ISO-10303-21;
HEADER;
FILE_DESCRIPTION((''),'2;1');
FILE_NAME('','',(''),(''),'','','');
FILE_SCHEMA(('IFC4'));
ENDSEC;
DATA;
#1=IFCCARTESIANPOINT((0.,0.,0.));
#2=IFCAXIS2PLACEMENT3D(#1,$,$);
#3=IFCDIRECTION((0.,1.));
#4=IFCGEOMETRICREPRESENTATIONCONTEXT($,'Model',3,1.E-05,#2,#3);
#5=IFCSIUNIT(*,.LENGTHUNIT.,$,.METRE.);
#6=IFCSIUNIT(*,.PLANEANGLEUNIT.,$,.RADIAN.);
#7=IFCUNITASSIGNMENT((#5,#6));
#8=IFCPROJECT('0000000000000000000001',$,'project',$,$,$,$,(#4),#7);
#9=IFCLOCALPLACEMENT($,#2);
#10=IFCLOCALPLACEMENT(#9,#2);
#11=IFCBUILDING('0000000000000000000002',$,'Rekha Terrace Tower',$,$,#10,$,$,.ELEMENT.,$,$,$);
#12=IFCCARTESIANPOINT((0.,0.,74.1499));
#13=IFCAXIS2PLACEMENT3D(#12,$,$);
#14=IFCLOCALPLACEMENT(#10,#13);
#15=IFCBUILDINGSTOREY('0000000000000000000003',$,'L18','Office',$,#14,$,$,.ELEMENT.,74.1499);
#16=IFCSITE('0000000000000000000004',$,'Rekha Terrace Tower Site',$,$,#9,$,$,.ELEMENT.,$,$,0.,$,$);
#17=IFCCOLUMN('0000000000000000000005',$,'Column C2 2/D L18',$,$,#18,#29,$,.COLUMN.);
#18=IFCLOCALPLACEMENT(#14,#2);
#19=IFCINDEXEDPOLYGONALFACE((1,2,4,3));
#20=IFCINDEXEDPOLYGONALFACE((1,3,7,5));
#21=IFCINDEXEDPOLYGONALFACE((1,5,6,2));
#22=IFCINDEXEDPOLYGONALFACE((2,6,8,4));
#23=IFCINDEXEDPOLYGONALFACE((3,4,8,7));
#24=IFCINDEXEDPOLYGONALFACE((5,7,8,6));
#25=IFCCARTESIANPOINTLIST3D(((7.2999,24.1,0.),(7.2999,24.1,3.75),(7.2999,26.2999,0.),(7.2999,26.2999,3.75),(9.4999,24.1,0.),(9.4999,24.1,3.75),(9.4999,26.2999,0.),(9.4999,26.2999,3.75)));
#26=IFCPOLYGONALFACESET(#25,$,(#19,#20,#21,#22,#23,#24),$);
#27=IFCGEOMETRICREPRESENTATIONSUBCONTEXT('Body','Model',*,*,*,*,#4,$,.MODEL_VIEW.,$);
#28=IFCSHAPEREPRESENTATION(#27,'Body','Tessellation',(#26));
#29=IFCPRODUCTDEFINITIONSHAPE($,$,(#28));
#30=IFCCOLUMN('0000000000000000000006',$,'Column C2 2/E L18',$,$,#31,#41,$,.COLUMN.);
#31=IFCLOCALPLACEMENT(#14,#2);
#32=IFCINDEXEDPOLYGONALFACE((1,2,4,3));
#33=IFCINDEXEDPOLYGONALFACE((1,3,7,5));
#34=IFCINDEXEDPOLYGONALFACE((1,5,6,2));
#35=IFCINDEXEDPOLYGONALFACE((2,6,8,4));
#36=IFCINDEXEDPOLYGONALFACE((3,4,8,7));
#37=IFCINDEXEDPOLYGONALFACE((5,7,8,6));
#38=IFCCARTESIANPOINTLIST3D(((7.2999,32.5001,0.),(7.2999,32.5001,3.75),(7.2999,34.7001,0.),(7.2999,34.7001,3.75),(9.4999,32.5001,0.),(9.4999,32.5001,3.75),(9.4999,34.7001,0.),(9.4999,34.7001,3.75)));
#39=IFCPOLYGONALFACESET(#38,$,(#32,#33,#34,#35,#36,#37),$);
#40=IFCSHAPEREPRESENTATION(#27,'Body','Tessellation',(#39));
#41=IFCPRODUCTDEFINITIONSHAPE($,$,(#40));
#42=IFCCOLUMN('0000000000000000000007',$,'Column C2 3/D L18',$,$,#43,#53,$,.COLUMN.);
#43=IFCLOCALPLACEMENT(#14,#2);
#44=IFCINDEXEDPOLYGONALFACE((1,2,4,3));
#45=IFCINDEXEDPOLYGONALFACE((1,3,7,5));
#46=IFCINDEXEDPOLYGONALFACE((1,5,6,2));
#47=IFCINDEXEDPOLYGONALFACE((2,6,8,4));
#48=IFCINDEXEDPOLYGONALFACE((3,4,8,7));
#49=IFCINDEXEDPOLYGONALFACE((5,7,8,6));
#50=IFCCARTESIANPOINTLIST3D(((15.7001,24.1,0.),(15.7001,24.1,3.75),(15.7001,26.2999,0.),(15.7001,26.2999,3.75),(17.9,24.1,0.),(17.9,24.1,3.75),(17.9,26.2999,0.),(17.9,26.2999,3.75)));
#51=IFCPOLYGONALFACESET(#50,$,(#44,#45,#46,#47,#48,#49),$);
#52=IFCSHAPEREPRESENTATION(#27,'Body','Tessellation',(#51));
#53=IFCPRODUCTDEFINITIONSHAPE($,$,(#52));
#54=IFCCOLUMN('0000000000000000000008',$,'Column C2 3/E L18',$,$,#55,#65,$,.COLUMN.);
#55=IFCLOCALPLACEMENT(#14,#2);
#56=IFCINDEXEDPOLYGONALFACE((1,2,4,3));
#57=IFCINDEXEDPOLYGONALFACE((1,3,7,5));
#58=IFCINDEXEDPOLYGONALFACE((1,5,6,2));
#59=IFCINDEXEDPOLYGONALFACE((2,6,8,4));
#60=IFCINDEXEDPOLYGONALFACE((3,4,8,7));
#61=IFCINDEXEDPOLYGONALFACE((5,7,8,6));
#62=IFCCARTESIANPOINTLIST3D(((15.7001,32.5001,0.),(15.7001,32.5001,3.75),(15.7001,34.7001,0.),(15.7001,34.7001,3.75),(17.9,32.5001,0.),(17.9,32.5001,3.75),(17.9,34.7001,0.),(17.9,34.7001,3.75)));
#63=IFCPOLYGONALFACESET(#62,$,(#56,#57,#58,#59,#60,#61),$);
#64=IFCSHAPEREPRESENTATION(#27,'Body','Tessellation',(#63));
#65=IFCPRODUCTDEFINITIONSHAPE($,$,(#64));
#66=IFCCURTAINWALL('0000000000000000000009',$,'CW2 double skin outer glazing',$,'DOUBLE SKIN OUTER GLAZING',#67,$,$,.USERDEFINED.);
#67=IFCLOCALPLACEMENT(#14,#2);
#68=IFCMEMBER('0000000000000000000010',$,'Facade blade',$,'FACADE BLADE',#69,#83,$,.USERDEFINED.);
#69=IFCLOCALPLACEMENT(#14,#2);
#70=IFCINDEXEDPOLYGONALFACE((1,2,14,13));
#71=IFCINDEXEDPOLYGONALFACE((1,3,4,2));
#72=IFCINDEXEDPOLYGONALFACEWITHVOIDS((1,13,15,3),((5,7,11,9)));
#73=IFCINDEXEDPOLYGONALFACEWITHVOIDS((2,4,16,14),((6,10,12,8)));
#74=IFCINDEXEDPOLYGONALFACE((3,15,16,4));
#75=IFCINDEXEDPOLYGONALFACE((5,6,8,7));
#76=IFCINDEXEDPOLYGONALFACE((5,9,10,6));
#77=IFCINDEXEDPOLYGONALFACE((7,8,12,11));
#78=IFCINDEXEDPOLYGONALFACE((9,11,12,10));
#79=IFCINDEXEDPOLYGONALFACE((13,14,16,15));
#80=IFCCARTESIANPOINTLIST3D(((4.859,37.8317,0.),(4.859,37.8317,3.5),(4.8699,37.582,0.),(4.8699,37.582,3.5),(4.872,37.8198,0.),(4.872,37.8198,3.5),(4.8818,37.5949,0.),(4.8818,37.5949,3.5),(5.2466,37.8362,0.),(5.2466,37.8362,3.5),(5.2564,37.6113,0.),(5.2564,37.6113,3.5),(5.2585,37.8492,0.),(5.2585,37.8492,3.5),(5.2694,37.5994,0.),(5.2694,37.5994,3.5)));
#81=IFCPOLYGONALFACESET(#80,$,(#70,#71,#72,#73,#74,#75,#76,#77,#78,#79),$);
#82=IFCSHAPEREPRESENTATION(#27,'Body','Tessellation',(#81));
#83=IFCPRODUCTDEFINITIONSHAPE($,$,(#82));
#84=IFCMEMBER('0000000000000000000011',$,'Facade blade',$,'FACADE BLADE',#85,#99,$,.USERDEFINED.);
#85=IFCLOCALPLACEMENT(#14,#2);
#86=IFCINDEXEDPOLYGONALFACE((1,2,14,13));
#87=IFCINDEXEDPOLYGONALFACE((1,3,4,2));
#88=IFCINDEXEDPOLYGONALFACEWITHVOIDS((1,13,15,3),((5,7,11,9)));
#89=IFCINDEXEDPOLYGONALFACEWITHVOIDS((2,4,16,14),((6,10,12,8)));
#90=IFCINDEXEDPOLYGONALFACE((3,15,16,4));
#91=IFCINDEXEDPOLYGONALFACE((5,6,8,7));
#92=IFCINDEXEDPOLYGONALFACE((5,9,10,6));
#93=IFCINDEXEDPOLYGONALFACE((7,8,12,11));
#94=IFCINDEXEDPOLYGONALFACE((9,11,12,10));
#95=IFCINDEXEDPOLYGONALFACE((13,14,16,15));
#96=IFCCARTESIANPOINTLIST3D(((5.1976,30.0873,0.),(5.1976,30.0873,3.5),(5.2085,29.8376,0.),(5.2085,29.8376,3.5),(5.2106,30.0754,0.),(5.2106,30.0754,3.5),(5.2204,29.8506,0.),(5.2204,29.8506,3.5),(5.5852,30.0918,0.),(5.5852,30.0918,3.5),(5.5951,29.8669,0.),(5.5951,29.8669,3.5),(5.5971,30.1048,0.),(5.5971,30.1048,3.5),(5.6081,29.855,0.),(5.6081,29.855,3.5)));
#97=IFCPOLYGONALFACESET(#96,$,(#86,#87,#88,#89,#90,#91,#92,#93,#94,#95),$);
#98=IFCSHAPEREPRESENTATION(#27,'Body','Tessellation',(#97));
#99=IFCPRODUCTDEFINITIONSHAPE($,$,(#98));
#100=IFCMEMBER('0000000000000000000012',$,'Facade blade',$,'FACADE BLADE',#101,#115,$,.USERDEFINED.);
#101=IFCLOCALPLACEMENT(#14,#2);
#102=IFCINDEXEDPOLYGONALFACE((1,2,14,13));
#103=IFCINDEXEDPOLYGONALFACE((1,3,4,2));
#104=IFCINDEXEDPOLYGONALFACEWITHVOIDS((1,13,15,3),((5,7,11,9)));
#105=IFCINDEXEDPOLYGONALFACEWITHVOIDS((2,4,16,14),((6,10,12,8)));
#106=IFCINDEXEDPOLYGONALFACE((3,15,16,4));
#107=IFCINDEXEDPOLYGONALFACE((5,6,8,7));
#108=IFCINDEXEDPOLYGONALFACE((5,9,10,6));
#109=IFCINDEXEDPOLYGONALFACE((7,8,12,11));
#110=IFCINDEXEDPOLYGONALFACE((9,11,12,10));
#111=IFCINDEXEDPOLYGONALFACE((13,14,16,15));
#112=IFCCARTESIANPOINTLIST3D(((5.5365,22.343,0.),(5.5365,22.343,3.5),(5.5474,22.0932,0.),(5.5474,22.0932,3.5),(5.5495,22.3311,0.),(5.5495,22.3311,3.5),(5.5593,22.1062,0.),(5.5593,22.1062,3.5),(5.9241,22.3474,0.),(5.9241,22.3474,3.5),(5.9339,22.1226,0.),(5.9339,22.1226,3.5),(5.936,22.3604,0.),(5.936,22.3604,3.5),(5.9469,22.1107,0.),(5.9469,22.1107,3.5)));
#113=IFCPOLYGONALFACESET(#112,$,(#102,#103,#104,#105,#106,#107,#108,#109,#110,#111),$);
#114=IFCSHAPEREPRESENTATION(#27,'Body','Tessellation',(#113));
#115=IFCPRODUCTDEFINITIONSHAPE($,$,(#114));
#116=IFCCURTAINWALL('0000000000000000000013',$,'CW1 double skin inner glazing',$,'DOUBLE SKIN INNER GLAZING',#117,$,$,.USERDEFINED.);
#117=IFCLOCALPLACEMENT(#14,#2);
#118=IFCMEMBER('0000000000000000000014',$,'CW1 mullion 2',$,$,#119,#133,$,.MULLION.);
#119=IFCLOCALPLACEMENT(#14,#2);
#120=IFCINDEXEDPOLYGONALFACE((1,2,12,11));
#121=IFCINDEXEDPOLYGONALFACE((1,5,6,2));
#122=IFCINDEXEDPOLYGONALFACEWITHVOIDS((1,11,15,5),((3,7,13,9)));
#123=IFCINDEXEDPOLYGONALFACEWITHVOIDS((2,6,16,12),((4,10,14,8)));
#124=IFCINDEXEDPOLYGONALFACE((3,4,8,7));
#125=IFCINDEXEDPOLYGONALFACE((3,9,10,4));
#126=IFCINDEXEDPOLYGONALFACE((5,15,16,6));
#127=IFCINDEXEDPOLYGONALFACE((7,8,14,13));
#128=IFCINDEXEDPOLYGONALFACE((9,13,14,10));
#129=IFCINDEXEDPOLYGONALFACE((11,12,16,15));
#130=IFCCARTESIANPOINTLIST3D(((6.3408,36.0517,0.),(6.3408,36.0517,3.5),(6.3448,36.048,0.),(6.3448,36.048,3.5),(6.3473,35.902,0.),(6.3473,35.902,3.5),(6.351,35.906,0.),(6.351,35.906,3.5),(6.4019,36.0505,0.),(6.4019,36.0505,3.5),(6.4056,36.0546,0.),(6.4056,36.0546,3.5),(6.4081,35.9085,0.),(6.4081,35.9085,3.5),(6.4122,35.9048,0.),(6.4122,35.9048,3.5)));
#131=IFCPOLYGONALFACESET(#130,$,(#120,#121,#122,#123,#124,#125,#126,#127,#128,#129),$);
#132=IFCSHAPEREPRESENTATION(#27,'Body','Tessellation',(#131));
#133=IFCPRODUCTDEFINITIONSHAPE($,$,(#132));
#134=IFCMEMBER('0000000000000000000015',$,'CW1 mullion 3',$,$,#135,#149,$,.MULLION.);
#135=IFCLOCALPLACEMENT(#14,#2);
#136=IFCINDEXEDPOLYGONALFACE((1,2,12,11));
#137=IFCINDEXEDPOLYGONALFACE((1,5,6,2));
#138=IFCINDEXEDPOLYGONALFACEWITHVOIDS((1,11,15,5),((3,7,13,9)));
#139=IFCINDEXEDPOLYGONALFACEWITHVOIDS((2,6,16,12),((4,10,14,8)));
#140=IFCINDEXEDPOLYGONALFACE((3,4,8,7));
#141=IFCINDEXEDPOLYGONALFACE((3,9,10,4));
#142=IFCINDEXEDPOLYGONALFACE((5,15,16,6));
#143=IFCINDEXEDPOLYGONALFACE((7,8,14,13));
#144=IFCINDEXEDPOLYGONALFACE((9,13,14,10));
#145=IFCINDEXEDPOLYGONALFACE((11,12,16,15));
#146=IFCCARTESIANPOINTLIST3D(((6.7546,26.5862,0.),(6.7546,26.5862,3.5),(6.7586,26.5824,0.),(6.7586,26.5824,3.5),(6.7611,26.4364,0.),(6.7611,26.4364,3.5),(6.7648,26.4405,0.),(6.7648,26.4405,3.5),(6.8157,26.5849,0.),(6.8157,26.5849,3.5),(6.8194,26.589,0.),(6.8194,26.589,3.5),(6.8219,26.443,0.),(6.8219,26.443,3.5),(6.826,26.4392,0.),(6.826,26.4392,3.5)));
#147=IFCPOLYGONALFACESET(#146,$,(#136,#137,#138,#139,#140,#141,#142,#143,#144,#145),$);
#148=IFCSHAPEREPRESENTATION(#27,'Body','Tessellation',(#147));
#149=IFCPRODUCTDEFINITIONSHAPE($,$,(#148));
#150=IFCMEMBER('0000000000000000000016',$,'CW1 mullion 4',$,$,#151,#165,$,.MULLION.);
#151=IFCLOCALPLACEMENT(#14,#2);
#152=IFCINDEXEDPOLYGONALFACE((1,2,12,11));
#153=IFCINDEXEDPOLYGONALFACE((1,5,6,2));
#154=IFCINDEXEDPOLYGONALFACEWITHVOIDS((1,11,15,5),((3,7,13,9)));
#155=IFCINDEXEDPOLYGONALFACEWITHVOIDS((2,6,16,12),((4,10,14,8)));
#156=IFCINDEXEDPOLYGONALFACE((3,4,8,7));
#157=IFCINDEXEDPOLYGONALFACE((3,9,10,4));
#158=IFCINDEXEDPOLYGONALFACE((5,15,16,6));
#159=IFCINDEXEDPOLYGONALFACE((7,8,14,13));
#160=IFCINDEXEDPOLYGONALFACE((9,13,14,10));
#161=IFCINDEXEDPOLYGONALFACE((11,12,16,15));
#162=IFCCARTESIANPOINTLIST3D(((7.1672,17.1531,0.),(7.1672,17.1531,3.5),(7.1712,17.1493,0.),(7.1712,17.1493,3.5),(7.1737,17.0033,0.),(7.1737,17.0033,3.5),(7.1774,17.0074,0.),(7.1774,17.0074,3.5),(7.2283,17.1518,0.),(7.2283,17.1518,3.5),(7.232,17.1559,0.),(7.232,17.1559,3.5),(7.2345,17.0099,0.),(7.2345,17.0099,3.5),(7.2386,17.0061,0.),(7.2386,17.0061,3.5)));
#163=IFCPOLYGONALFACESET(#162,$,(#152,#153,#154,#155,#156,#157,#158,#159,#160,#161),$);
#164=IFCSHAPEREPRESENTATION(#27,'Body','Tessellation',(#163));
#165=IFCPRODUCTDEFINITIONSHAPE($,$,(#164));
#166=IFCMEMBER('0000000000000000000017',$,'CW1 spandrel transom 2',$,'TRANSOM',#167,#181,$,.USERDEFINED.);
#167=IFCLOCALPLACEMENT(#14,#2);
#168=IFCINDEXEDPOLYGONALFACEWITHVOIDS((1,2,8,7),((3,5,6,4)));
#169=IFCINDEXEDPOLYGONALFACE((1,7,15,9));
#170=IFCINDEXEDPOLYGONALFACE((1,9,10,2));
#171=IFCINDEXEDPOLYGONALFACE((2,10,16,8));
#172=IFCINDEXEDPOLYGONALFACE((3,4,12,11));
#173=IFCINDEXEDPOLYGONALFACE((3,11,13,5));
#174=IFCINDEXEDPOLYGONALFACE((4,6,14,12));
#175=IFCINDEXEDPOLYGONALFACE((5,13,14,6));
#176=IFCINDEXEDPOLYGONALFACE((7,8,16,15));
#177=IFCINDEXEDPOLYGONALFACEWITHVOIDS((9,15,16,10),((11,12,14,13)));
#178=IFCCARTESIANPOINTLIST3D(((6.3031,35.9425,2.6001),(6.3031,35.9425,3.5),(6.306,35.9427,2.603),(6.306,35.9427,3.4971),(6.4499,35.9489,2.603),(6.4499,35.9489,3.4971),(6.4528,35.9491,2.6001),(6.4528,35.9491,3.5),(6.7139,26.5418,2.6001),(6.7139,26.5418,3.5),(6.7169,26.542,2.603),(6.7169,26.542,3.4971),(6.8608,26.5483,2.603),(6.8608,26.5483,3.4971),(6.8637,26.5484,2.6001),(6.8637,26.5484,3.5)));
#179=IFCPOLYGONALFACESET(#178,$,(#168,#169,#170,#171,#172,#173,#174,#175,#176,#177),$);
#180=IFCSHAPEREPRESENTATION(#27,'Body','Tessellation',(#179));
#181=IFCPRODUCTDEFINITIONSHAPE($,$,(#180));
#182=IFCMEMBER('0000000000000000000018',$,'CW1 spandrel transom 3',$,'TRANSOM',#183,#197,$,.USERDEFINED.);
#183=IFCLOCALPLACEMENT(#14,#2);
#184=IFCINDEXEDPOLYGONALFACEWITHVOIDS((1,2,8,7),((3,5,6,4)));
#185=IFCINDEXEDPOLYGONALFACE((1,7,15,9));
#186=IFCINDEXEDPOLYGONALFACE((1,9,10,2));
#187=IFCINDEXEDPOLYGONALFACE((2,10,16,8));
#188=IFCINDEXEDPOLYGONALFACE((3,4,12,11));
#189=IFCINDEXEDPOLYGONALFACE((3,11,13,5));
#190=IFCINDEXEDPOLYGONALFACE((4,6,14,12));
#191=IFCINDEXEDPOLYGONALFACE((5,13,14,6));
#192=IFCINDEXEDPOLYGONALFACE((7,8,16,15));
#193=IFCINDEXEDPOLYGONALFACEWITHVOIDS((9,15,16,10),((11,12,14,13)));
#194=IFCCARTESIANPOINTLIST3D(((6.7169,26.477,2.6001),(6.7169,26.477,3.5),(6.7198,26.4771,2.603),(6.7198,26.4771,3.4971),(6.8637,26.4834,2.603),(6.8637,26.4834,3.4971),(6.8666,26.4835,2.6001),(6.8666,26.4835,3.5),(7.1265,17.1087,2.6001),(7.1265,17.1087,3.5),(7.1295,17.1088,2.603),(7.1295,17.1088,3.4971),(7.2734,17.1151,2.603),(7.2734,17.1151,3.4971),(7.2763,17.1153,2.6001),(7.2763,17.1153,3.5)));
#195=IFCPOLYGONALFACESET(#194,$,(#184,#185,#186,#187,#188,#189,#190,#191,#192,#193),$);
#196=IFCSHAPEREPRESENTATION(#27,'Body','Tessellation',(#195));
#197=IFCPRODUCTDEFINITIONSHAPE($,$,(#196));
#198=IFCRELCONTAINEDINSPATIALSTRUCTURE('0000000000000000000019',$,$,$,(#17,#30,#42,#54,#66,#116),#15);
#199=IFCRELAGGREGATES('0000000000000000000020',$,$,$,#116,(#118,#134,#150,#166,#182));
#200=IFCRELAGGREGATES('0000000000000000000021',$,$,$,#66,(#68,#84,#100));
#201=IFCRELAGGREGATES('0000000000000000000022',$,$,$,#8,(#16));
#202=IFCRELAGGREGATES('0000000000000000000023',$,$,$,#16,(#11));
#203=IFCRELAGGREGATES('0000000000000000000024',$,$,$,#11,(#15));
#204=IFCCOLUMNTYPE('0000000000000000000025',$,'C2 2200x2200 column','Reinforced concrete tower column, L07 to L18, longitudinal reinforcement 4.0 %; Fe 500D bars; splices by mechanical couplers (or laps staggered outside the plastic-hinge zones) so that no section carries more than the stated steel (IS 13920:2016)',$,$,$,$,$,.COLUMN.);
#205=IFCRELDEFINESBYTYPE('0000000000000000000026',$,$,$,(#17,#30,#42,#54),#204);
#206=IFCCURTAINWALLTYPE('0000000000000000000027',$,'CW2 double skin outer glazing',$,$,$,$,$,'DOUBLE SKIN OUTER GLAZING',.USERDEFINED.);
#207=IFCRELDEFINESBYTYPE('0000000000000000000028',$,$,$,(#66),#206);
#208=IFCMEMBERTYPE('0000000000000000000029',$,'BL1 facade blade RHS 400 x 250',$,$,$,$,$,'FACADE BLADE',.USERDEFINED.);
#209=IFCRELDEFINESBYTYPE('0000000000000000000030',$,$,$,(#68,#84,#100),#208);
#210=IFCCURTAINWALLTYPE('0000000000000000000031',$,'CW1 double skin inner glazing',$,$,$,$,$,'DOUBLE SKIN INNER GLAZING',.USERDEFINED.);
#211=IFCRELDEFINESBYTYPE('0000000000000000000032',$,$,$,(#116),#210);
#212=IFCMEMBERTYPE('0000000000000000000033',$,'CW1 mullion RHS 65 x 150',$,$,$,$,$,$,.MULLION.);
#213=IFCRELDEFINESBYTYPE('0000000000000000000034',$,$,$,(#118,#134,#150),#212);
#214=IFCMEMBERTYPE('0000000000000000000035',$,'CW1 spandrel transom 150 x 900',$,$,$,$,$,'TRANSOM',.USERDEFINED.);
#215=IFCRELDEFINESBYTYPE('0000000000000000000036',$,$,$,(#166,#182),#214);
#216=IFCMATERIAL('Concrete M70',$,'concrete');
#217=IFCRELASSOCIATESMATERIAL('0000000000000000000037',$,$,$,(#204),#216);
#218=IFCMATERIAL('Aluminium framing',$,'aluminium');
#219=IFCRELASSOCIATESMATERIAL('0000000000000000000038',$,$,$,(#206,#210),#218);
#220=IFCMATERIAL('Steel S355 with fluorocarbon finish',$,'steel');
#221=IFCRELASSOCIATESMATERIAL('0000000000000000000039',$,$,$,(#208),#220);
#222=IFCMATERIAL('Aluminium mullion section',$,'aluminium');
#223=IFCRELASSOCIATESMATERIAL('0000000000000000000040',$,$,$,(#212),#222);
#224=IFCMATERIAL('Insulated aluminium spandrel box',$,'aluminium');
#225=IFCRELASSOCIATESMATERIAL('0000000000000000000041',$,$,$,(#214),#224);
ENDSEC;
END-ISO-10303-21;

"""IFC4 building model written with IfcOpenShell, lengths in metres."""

from ifc_helpers import new_model, si_unit, direction, frame, origin, origin_2d, place, context, subcontext, project, spatial, rectangle, hollow_rectangle, extrude, material, material_profile, profile_set, type_object, element, aggregate, save


model = new_model("IFC4")

# Units and contexts
model_context = context("Model", 3, precision=1e-05, world=origin(), true_north=direction((0.0, 1.0)))
body_context = subcontext(model_context, "Body", "Model", "MODEL_VIEW")
ifc_project = project(units=[si_unit("LENGTHUNIT", "METRE"), si_unit("PLANEANGLEUNIT", "RADIAN")], contexts=[model_context])

# Site, building, storey
site_placement = place(None, origin())
site = spatial("IfcSite", under=ifc_project, at=site_placement, Name="Rekha Terrace Tower Site", CompositionType="ELEMENT", RefElevation=0.0)
building_placement = place(site_placement, origin())
building = spatial("IfcBuilding", under=site, at=building_placement, Name="Rekha Terrace Tower", CompositionType="ELEMENT")
storey_placement = place(building_placement, frame((0.0, 0.0, 74.1499)))
storey = spatial("IfcBuildingStorey", under=building, at=storey_placement, Name="L18", Description="Office", CompositionType="ELEMENT", Elevation=74.1499)

# Columns
ifc_material_1 = material(Name="Concrete M70", Category="concrete")
ifc_material_profile_1 = material_profile(ifc_material_1, rectangle(XDim=2.2, YDim=2.2, at=origin_2d()), Name="RC 2200x2200")
ifc_profile_set_1 = profile_set([ifc_material_profile_1], Name="Concrete M70")
column_type = type_object("IfcColumnType", Name="C2 2200x2200 column", Description="Reinforced concrete tower column, L07 to L18, longitudinal reinforcement 4.0 %; Fe 500D bars; splices by mechanical couplers (or laps staggered outside the plastic-hinge zones) so that no section carries more than the stated steel (IS 13920:2016)", PredefinedType="COLUMN", material=ifc_profile_set_1)
for number, where, z_axis, x_axis, name in (
    (1, (8.3999, 25.2, 0.0), (0.0, 0.0, 1.0), (1.0, 0.0, 0.0), "Column C2 2/D L18"),
    (2, (8.3999, 33.6001, 0.0), (0.0, 0.0, 1.0), (1.0, 0.0, 0.0), "Column C2 2/E L18"),
    (3, (16.8, 25.2, 0.0), (0.0, 0.0, 1.0), (1.0, 0.0, 0.0), "Column C2 3/D L18"),
    (4, (16.8, 33.6001, 0.0), (0.0, 0.0, 1.0), (1.0, 0.0, 0.0), "Column C2 3/E L18"),
):
    element("IfcColumn", number, at=place(storey_placement, frame(where, z_axis=z_axis, x_axis=x_axis)), inside=storey, type_object=column_type, Name=name, PredefinedType="COLUMN", context=body_context, shape_type="SweptSolid", body=[
        extrude(rectangle(XDim=2.2, YDim=2.2, at=origin_2d()), origin(), (0.0, 0.0, 1.0), 3.75),
    ])

# Curtain walls, members
ifc_material_2 = material(Name="Aluminium framing", Category="aluminium")
curtain_wall_type_1 = type_object("IfcCurtainWallType", Name="CW2 double skin outer glazing", ElementType="DOUBLE SKIN OUTER GLAZING", PredefinedType="USERDEFINED", material=ifc_material_2)
curtain_wall_1_placement = place(storey_placement, origin())
curtain_wall_1 = element("IfcCurtainWall", 5, at=curtain_wall_1_placement, inside=storey, type_object=curtain_wall_type_1, Name="CW2 double skin outer glazing", ObjectType="DOUBLE SKIN OUTER GLAZING", PredefinedType="USERDEFINED")
ifc_material_3 = material(Name="Steel S355 with fluorocarbon finish", Category="steel")
ifc_material_profile_2 = material_profile(ifc_material_3, hollow_rectangle(XDim=0.25, YDim=0.3999, WallThickness=0.0125, at=origin_2d()), Name="RHS400x250x12.5")
ifc_profile_set_2 = profile_set([ifc_material_profile_2], Name="Steel S355 with fluorocarbon finish")
member_type_1 = type_object("IfcMemberType", Name="BL1 facade blade RHS 400 x 250", ElementType="FACADE BLADE", PredefinedType="USERDEFINED", material=ifc_profile_set_2)
member_1_placement = place(storey_placement, frame((5.0642, 37.7156, 0.0), z_axis=(0.0, 0.0, 1.0), x_axis=(0.043682, -0.999045, 0.0)))
member_1 = element("IfcMember", 6, at=member_1_placement, type_object=member_type_1, Name="Facade blade", ObjectType="FACADE BLADE", PredefinedType="USERDEFINED", context=body_context, shape_type="SweptSolid", body=[
    extrude(hollow_rectangle(XDim=0.25, YDim=0.3999, WallThickness=0.0125, at=origin_2d()), origin(), (0.0, 0.0, 1.0), 3.5),
])
member_2_placement = place(storey_placement, frame((5.4028, 29.9712, 0.0), z_axis=(0.0, 0.0, 1.0), x_axis=(0.043682, -0.999045, 0.0)))
member_2 = element("IfcMember", 7, at=member_2_placement, type_object=member_type_1, Name="Facade blade", ObjectType="FACADE BLADE", PredefinedType="USERDEFINED", context=body_context, shape_type="SweptSolid", body=[
    extrude(hollow_rectangle(XDim=0.25, YDim=0.3999, WallThickness=0.0125, at=origin_2d()), origin(), (0.0, 0.0, 1.0), 3.5),
])
member_3_placement = place(storey_placement, frame((5.7417, 22.2268, 0.0), z_axis=(0.0, 0.0, 1.0), x_axis=(0.043682, -0.999045, 0.0)))
member_3 = element("IfcMember", 8, at=member_3_placement, type_object=member_type_1, Name="Facade blade", ObjectType="FACADE BLADE", PredefinedType="USERDEFINED", context=body_context, shape_type="SweptSolid", body=[
    extrude(hollow_rectangle(XDim=0.25, YDim=0.3999, WallThickness=0.0125, at=origin_2d()), origin(), (0.0, 0.0, 1.0), 3.5),
])
curtain_wall_type_2 = type_object("IfcCurtainWallType", Name="CW1 double skin inner glazing", ElementType="DOUBLE SKIN INNER GLAZING", PredefinedType="USERDEFINED", material=ifc_material_2)
curtain_wall_2_placement = place(storey_placement, origin())
curtain_wall_2 = element("IfcCurtainWall", 9, at=curtain_wall_2_placement, inside=storey, type_object=curtain_wall_type_2, Name="CW1 double skin inner glazing", ObjectType="DOUBLE SKIN INNER GLAZING", PredefinedType="USERDEFINED")
ifc_material_4 = material(Name="Aluminium mullion section", Category="aluminium")
ifc_material_profile_3 = material_profile(ifc_material_4, hollow_rectangle(XDim=0.0649, YDim=0.1499, WallThickness=0.0039, at=origin_2d()), Name="AL RHS 65x150")
ifc_profile_set_3 = profile_set([ifc_material_profile_3], Name="Aluminium mullion section")
member_type_2 = type_object("IfcMemberType", Name="CW1 mullion RHS 65 x 150", PredefinedType="MULLION", material=ifc_profile_set_3)
member_4_placement = place(storey_placement, frame((6.3765, 35.9783, 0.0), z_axis=(0.0, 0.0, 1.0), x_axis=(0.999045, 0.043683, 0.0)))
member_4 = element("IfcMember", 10, at=member_4_placement, type_object=member_type_2, Name="CW1 mullion 2", PredefinedType="MULLION", context=body_context, shape_type="SweptSolid", body=[
    extrude(hollow_rectangle(XDim=0.0649, YDim=0.1499, WallThickness=0.0039, at=origin_2d()), origin(), (0.0, 0.0, 1.0), 3.5),
])
member_5_placement = place(storey_placement, frame((6.7903, 26.5127, 0.0), z_axis=(0.0, 0.0, 1.0), x_axis=(0.999045, 0.043683, 0.0)))
member_5 = element("IfcMember", 11, at=member_5_placement, type_object=member_type_2, Name="CW1 mullion 3", PredefinedType="MULLION", context=body_context, shape_type="SweptSolid", body=[
    extrude(hollow_rectangle(XDim=0.0649, YDim=0.1499, WallThickness=0.0039, at=origin_2d()), origin(), (0.0, 0.0, 1.0), 3.5),
])
member_6_placement = place(storey_placement, frame((7.2029, 17.0796, 0.0), z_axis=(0.0, 0.0, 1.0), x_axis=(0.999045, 0.043683, 0.0)))
member_6 = element("IfcMember", 12, at=member_6_placement, type_object=member_type_2, Name="CW1 mullion 4", PredefinedType="MULLION", context=body_context, shape_type="SweptSolid", body=[
    extrude(hollow_rectangle(XDim=0.0649, YDim=0.1499, WallThickness=0.0039, at=origin_2d()), origin(), (0.0, 0.0, 1.0), 3.5),
])
ifc_material_5 = material(Name="Insulated aluminium spandrel box", Category="aluminium")
ifc_material_profile_4 = material_profile(ifc_material_5, hollow_rectangle(XDim=0.1499, YDim=0.8999, WallThickness=0.0029, at=origin_2d()), Name="AL SPANDREL BOX 150x900")
ifc_profile_set_4 = profile_set([ifc_material_profile_4], Name="Insulated aluminium spandrel box")
member_type_3 = type_object("IfcMemberType", Name="CW1 spandrel transom 150 x 900", ElementType="TRANSOM", PredefinedType="USERDEFINED", material=ifc_profile_set_4)
member_7_placement = place(storey_placement, frame((6.3779, 35.9458, 3.05), z_axis=(0.043667, -0.999046, 0.0), x_axis=(0.999046, 0.043667, 0.0)))
member_7 = element("IfcMember", 13, at=member_7_placement, type_object=member_type_3, Name="CW1 spandrel transom 2", ObjectType="TRANSOM", PredefinedType="USERDEFINED", context=body_context, shape_type="SweptSolid", body=[
    extrude(hollow_rectangle(XDim=0.1499, YDim=0.8999, WallThickness=0.0029, at=origin_2d()), origin(), (0.0, 0.0, 1.0), 9.4097),
])
member_8_placement = place(storey_placement, frame((6.7917, 26.4802, 3.05), z_axis=(0.043688, -0.999045, 0.0), x_axis=(0.999045, 0.043688, 0.0)))
member_8 = element("IfcMember", 14, at=member_8_placement, type_object=member_type_3, Name="CW1 spandrel transom 3", ObjectType="TRANSOM", PredefinedType="USERDEFINED", context=body_context, shape_type="SweptSolid", body=[
    extrude(hollow_rectangle(XDim=0.1499, YDim=0.8999, WallThickness=0.0029, at=origin_2d()), origin(), (0.0, 0.0, 1.0), 9.3772),
])

aggregate(curtain_wall_2, [member_4, member_5, member_6, member_7, member_8])
aggregate(curtain_wall_1, [member_1, member_2, member_3])

save(model, "model.ifc")
